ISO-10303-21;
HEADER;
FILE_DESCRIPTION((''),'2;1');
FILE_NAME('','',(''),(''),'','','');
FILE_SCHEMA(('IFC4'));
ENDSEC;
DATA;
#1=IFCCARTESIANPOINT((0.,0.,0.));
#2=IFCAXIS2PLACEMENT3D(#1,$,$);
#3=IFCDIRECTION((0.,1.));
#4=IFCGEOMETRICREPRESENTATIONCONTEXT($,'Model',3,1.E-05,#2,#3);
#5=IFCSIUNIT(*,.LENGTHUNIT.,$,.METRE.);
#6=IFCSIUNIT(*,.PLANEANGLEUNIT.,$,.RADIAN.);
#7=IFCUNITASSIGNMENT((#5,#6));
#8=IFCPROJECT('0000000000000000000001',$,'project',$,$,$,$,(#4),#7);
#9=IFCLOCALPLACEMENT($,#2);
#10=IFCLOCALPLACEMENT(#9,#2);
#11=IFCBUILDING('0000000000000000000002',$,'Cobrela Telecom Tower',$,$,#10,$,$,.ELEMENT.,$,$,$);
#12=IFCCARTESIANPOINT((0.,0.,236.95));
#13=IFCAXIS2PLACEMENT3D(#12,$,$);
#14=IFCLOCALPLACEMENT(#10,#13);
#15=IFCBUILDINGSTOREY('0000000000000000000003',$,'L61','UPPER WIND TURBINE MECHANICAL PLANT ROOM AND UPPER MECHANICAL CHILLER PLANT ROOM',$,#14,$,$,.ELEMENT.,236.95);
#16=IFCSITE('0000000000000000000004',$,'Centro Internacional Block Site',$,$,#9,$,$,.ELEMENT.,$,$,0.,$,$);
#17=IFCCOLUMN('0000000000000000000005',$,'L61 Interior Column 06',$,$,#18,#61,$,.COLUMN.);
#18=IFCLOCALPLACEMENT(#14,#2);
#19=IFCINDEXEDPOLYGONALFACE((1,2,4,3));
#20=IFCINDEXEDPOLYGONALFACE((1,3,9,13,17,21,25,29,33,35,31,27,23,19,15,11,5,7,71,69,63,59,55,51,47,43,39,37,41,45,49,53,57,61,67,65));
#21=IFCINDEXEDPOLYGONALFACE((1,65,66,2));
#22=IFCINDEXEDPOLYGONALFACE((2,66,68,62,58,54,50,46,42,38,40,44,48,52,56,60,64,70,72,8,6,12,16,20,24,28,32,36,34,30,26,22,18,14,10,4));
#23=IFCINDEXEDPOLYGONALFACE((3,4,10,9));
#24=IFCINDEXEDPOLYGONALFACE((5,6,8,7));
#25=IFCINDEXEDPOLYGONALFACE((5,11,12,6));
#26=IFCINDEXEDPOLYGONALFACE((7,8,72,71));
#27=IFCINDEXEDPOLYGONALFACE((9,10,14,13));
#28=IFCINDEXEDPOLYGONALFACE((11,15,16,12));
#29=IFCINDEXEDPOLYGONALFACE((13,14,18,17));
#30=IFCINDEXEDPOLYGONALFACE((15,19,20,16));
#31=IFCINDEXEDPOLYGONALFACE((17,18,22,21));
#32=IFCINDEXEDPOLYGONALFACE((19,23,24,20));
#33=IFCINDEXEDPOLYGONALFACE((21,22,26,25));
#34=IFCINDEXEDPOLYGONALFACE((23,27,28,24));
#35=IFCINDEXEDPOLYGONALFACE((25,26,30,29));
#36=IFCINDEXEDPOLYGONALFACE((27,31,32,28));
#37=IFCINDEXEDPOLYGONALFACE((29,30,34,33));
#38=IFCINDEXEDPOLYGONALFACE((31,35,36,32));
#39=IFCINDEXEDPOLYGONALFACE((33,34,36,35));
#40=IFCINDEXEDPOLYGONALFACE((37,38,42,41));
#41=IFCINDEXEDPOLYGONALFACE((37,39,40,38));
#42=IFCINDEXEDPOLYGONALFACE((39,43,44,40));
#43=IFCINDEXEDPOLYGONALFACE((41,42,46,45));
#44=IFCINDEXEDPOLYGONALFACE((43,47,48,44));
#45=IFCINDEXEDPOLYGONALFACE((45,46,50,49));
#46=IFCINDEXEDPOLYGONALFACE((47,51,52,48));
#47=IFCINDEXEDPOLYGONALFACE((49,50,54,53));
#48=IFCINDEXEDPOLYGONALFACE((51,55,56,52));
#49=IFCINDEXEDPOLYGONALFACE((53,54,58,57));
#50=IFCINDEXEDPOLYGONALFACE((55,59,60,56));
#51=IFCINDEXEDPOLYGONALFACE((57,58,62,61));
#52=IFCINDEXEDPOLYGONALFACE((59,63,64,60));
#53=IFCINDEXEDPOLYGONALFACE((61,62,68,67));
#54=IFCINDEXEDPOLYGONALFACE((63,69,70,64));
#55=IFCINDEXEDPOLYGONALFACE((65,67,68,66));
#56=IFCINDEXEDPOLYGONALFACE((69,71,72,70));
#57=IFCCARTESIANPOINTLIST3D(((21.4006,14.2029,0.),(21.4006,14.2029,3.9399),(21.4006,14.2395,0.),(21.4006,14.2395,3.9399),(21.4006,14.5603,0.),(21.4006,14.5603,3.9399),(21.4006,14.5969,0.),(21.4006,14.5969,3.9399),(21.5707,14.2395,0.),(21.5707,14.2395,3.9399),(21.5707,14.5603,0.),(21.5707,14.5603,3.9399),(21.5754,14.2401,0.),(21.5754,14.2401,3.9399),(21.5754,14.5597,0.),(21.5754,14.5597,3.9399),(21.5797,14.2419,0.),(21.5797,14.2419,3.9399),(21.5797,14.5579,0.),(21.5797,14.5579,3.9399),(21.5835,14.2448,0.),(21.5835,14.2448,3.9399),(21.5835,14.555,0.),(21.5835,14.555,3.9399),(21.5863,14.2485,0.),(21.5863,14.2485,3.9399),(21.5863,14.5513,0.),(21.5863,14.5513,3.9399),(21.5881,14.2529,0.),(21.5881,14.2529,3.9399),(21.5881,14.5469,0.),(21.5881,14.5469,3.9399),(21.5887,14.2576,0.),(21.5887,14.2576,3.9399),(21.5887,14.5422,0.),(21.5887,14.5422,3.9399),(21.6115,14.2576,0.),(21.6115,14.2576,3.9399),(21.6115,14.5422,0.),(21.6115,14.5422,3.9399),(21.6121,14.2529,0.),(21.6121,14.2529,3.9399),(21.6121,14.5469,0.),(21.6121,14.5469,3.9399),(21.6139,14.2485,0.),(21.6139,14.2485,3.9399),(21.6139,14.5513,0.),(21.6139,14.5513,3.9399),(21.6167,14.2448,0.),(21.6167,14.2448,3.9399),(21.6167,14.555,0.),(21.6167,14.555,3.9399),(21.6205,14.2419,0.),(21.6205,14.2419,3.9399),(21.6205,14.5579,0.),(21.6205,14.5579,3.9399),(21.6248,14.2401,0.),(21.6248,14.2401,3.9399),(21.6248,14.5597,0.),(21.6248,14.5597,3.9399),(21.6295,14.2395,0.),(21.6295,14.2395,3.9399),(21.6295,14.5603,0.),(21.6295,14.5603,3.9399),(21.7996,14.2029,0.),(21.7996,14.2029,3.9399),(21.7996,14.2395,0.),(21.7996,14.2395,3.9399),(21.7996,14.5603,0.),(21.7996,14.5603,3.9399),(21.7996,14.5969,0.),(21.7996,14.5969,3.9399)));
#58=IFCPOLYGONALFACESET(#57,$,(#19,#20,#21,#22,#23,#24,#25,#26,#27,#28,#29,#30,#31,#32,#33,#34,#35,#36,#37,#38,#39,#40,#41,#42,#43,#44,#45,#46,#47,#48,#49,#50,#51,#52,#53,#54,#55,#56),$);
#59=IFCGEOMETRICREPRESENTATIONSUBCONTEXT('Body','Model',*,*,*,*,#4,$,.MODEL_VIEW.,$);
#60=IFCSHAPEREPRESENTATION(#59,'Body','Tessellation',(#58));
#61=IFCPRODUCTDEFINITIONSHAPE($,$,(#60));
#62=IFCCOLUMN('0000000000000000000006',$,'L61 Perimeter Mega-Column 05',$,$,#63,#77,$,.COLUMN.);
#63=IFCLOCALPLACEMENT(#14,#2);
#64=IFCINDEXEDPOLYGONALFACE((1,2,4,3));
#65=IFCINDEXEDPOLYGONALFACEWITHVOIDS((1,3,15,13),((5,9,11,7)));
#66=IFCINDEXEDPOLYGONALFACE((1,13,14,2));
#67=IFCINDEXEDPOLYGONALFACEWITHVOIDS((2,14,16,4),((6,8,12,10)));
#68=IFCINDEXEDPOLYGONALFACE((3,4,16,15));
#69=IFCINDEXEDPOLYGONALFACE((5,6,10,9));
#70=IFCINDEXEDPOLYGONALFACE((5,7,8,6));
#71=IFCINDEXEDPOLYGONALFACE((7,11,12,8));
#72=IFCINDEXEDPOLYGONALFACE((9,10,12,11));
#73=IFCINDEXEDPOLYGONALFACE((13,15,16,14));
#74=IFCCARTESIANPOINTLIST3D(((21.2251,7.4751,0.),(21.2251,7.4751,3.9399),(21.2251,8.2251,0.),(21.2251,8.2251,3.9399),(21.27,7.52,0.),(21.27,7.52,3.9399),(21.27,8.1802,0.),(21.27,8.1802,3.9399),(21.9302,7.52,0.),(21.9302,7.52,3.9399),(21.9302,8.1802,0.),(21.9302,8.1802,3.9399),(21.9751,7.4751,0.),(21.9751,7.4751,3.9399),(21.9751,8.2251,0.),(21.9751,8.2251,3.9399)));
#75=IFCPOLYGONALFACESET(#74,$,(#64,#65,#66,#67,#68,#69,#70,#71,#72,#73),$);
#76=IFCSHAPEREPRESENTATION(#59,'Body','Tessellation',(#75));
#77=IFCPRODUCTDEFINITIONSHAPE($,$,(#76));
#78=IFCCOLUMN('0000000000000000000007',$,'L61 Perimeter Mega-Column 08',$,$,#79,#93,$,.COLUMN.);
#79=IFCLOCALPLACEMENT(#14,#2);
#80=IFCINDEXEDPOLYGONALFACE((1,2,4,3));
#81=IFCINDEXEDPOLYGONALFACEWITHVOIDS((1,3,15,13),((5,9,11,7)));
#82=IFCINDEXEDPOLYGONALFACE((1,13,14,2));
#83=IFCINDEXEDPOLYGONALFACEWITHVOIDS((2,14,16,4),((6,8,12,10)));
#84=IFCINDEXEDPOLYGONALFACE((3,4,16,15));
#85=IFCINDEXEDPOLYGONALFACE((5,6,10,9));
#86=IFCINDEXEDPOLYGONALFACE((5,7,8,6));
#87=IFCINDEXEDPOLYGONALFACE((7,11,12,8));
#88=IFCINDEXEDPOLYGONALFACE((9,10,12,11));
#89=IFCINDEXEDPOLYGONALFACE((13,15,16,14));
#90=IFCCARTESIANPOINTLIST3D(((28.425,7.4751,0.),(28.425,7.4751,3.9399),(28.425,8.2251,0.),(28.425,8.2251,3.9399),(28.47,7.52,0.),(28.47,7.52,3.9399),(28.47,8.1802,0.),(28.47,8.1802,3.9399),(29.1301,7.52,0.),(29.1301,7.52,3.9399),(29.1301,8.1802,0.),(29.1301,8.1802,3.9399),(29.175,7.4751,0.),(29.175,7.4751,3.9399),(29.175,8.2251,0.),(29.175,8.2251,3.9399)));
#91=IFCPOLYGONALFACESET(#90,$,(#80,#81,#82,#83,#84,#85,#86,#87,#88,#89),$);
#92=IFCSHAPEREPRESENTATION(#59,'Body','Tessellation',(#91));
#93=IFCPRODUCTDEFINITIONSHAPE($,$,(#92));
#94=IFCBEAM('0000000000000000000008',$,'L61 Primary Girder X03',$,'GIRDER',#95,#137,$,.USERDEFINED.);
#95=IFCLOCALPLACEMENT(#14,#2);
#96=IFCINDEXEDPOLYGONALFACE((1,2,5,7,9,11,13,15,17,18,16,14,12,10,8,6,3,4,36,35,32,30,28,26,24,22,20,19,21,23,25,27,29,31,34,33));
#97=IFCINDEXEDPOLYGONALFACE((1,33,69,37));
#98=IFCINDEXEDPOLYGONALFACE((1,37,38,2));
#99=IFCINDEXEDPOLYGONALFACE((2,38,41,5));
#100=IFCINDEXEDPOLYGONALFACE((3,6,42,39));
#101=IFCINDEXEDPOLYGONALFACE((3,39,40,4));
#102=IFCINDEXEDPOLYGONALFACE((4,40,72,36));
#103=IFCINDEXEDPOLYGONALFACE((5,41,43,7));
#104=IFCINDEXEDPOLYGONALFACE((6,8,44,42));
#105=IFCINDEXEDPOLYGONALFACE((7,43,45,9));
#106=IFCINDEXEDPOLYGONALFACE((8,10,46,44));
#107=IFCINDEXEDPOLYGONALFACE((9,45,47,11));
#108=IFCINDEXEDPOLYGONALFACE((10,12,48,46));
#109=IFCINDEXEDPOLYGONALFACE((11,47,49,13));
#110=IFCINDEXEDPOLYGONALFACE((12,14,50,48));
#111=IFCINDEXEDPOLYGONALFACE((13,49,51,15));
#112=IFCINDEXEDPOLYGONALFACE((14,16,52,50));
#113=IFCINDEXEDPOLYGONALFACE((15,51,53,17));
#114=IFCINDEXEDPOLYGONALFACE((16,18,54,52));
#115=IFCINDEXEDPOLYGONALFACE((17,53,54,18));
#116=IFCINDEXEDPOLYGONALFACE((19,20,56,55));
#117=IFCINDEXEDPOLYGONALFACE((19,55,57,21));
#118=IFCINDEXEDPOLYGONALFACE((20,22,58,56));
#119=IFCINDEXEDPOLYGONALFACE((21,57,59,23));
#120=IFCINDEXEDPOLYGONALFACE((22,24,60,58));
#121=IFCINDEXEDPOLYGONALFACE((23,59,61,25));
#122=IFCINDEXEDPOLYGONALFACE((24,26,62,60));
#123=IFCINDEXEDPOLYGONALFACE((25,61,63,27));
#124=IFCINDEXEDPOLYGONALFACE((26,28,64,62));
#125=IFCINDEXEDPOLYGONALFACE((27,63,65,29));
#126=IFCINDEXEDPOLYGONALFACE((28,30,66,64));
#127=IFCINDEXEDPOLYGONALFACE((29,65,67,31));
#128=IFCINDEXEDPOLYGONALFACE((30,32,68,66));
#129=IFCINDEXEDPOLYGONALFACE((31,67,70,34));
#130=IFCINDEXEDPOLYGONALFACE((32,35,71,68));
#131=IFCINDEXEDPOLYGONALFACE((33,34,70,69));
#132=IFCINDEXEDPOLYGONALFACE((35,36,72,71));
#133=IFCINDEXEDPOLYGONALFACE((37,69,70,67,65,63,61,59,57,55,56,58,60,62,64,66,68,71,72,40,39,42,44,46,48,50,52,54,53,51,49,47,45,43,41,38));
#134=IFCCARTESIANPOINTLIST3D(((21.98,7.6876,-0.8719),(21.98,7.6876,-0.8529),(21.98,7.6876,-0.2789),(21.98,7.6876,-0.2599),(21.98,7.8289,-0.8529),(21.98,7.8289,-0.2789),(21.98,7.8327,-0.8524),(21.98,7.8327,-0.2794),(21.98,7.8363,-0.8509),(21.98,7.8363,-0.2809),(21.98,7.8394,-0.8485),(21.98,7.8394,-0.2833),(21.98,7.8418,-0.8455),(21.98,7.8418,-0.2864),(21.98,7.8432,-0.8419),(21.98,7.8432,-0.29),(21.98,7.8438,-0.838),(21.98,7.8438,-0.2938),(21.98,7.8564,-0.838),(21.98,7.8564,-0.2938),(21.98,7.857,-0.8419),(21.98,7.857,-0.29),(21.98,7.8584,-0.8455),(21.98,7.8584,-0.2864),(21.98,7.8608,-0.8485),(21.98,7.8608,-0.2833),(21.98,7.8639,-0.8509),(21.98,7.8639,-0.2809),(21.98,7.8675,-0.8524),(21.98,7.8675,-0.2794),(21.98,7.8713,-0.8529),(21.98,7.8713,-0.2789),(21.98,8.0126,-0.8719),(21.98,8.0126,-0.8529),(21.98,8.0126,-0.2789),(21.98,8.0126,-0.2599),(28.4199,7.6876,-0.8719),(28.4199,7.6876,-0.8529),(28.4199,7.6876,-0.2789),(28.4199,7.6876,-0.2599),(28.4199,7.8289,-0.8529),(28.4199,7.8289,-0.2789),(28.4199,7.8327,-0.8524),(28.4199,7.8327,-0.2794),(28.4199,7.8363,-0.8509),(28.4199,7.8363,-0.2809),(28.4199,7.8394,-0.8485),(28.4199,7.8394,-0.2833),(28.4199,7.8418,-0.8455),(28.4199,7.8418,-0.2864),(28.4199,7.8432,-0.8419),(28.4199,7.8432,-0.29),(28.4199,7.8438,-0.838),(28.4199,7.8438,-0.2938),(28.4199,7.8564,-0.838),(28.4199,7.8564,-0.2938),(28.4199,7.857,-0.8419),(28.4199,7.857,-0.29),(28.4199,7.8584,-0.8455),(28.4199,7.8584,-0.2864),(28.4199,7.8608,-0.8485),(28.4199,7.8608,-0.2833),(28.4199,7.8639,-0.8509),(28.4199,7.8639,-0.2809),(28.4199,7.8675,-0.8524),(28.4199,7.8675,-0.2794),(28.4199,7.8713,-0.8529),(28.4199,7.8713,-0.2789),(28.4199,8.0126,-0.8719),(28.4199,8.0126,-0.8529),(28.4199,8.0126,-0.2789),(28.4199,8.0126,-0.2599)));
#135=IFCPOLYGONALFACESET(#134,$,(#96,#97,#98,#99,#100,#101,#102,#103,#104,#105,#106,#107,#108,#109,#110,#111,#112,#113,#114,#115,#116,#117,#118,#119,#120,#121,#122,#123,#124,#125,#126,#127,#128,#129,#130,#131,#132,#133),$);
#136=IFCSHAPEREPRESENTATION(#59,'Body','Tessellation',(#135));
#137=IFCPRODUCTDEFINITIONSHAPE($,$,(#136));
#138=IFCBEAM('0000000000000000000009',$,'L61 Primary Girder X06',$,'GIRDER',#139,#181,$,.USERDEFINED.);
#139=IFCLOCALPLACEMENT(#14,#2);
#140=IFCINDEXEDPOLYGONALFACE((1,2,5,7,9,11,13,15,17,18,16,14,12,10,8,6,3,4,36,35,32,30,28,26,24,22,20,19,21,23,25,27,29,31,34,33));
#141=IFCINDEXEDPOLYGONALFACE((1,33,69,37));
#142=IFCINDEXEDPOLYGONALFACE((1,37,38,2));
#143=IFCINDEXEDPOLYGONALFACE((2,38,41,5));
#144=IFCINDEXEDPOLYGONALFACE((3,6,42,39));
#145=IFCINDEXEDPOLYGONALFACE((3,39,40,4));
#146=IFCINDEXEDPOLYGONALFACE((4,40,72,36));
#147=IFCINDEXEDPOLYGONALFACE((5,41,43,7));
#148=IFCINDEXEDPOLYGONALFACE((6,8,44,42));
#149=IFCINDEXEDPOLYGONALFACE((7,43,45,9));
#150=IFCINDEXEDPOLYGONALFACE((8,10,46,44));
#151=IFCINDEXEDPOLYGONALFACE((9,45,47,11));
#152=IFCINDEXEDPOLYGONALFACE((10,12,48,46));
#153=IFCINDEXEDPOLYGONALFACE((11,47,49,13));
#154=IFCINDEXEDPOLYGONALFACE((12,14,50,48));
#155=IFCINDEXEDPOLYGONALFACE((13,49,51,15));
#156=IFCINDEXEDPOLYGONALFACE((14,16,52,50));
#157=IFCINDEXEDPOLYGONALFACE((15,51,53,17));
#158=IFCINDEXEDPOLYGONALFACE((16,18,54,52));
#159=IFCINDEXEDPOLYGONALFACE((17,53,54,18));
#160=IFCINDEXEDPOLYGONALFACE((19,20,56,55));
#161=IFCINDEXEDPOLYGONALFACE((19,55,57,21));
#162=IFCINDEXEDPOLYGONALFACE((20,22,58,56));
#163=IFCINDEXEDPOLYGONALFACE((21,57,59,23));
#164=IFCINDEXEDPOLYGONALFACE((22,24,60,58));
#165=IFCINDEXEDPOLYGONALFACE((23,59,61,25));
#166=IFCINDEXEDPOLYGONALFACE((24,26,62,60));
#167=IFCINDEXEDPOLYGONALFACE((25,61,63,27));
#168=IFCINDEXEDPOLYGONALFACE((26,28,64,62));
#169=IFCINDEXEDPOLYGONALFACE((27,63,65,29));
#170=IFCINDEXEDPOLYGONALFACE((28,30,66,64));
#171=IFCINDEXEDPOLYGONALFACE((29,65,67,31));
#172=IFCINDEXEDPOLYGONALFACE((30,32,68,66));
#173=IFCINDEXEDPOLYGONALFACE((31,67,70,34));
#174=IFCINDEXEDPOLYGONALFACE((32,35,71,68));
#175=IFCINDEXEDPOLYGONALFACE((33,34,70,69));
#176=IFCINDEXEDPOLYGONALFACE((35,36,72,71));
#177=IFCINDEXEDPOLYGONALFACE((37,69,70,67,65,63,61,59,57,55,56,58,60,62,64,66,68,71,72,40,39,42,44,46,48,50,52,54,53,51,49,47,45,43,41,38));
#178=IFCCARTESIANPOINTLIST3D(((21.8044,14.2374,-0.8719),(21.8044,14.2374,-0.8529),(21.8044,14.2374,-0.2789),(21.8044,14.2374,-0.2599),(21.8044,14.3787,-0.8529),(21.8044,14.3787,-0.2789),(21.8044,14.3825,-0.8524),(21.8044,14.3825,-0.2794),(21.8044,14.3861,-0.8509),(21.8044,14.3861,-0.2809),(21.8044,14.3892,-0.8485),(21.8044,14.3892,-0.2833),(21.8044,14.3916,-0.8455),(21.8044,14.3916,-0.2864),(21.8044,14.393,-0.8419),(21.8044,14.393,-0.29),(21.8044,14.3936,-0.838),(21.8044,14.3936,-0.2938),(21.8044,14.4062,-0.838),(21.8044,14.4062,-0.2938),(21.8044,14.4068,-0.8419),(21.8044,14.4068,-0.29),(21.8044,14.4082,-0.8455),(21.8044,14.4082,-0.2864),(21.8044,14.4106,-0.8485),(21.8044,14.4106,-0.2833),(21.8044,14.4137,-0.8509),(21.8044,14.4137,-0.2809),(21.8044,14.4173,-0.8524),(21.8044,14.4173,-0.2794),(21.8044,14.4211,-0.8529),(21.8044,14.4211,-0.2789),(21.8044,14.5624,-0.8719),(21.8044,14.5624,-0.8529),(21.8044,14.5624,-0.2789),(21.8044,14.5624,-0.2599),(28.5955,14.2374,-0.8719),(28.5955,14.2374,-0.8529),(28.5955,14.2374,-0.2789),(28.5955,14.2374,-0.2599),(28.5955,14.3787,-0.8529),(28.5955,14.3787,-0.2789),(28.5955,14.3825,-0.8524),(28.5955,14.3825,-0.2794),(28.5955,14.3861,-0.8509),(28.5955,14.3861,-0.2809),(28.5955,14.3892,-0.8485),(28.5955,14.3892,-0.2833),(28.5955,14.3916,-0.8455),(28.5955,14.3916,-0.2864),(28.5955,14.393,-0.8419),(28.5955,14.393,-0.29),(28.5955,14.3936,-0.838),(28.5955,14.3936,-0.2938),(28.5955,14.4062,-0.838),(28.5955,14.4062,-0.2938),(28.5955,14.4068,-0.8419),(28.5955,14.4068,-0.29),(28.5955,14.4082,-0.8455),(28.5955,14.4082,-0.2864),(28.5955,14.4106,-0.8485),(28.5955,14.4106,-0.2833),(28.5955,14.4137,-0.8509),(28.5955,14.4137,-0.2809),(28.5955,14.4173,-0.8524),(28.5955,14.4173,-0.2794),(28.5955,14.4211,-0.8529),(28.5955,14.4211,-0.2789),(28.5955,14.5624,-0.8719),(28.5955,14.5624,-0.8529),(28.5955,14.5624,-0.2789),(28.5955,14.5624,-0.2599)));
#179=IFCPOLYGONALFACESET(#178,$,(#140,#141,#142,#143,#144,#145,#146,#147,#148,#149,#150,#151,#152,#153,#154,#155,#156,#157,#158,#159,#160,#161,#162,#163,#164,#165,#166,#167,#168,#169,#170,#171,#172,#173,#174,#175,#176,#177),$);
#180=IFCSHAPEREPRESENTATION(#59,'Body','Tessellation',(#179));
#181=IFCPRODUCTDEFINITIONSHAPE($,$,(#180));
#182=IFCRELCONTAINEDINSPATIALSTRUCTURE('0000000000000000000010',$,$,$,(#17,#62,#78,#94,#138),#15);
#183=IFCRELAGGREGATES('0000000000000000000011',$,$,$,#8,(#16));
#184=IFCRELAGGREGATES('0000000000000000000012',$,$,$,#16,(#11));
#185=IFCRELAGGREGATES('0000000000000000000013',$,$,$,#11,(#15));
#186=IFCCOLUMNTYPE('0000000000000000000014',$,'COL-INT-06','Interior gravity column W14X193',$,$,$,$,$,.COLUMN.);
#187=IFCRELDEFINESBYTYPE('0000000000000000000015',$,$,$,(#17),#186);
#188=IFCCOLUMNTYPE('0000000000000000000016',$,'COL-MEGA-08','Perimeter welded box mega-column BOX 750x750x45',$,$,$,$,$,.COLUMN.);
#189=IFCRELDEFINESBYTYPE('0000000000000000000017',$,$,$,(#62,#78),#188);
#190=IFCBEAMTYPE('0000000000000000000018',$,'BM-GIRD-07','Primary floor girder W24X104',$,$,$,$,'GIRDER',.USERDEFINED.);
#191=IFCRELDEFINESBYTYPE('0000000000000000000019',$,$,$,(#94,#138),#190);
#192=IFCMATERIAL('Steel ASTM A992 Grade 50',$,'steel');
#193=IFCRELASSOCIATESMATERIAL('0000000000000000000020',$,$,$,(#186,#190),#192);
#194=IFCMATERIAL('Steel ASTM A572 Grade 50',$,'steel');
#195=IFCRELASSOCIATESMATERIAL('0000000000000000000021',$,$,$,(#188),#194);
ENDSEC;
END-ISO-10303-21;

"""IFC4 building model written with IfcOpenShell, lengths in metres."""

from ifc_helpers import new_model, si_unit, direction, frame, origin, origin_2d, place, context, subcontext, project, spatial, hollow_rectangle, i_section, extrude, material, material_profile, profile_set, type_object, element, save


model = new_model("IFC4")

# Units and contexts
model_context = context("Model", 3, precision=1e-05, world=origin(), true_north=direction((0.0, 1.0)))
body_context = subcontext(model_context, "Body", "Model", "MODEL_VIEW")
ifc_project = project(units=[si_unit("LENGTHUNIT", "METRE"), si_unit("PLANEANGLEUNIT", "RADIAN")], contexts=[model_context])

# Site, building, storey
site_placement = place(None, origin())
site = spatial("IfcSite", under=ifc_project, at=site_placement, Name="Centro Internacional Block Site", CompositionType="ELEMENT", RefElevation=0.0)
building_placement = place(site_placement, origin())
building = spatial("IfcBuilding", under=site, at=building_placement, Name="Cobrela Telecom Tower", CompositionType="ELEMENT")
storey_placement = place(building_placement, frame((0.0, 0.0, 236.95)))
storey = spatial("IfcBuildingStorey", under=building, at=storey_placement, Name="L61", Description="UPPER WIND TURBINE MECHANICAL PLANT ROOM AND UPPER MECHANICAL CHILLER PLANT ROOM", CompositionType="ELEMENT", Elevation=236.95)

# Columns
ifc_material_1 = material(Name="Steel ASTM A992 Grade 50", Category="steel")
ifc_material_profile_1 = material_profile(ifc_material_1, i_section(OverallWidth=0.3989, OverallDepth=0.394, WebThickness=0.0227, FlangeThickness=0.0366, FilletRadius=0.0181, at=origin_2d()), Name="W14X193")
ifc_profile_set_1 = profile_set([ifc_material_profile_1], Name="Steel ASTM A992 Grade 50")
column_type_1 = type_object("IfcColumnType", Name="COL-INT-06", Description="Interior gravity column W14X193", PredefinedType="COLUMN", material=ifc_profile_set_1)
column_placement = place(storey_placement, frame((21.6001, 14.3999, 0.0), z_axis=(0.0, 0.0, 1.0), x_axis=(1.0, 0.0, 0.0)))
element("IfcColumn", 1, at=column_placement, inside=storey, type_object=column_type_1, Name="L61 Interior Column 06", PredefinedType="COLUMN", context=body_context, shape_type="SweptSolid", body=[
    extrude(i_section(OverallWidth=0.3989, OverallDepth=0.394, WebThickness=0.0227, FlangeThickness=0.0366, FilletRadius=0.0181, at=origin_2d()), origin(), (0.0, 0.0, 1.0), 3.9399),
])
ifc_material_2 = material(Name="Steel ASTM A572 Grade 50", Category="steel")
ifc_material_profile_2 = material_profile(ifc_material_2, hollow_rectangle(XDim=0.75, YDim=0.75, WallThickness=0.0449, at=origin_2d()), Name="BOX 750x750x45")
ifc_profile_set_2 = profile_set([ifc_material_profile_2], Name="Steel ASTM A572 Grade 50")
column_type_2 = type_object("IfcColumnType", Name="COL-MEGA-08", Description="Perimeter welded box mega-column BOX 750x750x45", PredefinedType="COLUMN", material=ifc_profile_set_2)
for number, where, z_axis, x_axis, name in (
    (2, (21.6001, 7.8501, 0.0), (0.0, 0.0, 1.0), (1.0, 0.0, 0.0), "L61 Perimeter Mega-Column 05"),
    (3, (28.8, 7.8501, 0.0), (0.0, 0.0, 1.0), (1.0, 0.0, 0.0), "L61 Perimeter Mega-Column 08"),
):
    element("IfcColumn", number, at=place(storey_placement, frame(where, z_axis=z_axis, x_axis=x_axis)), inside=storey, type_object=column_type_2, Name=name, PredefinedType="COLUMN", context=body_context, shape_type="SweptSolid", body=[
        extrude(hollow_rectangle(XDim=0.75, YDim=0.75, WallThickness=0.0449, at=origin_2d()), origin(), (0.0, 0.0, 1.0), 3.9399),
    ])

# Beams
ifc_material_profile_3 = material_profile(ifc_material_1, i_section(OverallWidth=0.325, OverallDepth=0.6121, WebThickness=0.0127, FlangeThickness=0.019, FilletRadius=0.0149, at=origin_2d()), Name="W24X104")
ifc_profile_set_3 = profile_set([ifc_material_profile_3], Name="Steel ASTM A992 Grade 50")
beam_type_1 = type_object("IfcBeamType", Name="BM-GIRD-07", Description="Primary floor girder W24X104", ElementType="GIRDER", PredefinedType="USERDEFINED", material=ifc_profile_set_3)
beam_1_placement = place(storey_placement, frame((21.98, 7.8501, -0.5659), z_axis=(1.0, 0.0, 0.0), x_axis=(0.0, 1.0, 0.0)))
element("IfcBeam", 4, at=beam_1_placement, inside=storey, type_object=beam_type_1, Name="L61 Primary Girder X03", ObjectType="GIRDER", PredefinedType="USERDEFINED", context=body_context, shape_type="SweptSolid", body=[
    extrude(i_section(OverallWidth=0.325, OverallDepth=0.6121, WebThickness=0.0127, FlangeThickness=0.019, FilletRadius=0.0149, at=origin_2d()), origin(), (0.0, 0.0, 1.0), 6.4399),
])
beam_2_placement = place(storey_placement, frame((21.8044, 14.3999, -0.5659), z_axis=(1.0, 0.0, 0.0), x_axis=(0.0, 1.0, 0.0)))
element("IfcBeam", 5, at=beam_2_placement, inside=storey, type_object=beam_type_1, Name="L61 Primary Girder X06", ObjectType="GIRDER", PredefinedType="USERDEFINED", context=body_context, shape_type="SweptSolid", body=[
    extrude(i_section(OverallWidth=0.325, OverallDepth=0.6121, WebThickness=0.0127, FlangeThickness=0.019, FilletRadius=0.0149, at=origin_2d()), origin(), (0.0, 0.0, 1.0), 6.791),
])

save(model, "model.ifc")
